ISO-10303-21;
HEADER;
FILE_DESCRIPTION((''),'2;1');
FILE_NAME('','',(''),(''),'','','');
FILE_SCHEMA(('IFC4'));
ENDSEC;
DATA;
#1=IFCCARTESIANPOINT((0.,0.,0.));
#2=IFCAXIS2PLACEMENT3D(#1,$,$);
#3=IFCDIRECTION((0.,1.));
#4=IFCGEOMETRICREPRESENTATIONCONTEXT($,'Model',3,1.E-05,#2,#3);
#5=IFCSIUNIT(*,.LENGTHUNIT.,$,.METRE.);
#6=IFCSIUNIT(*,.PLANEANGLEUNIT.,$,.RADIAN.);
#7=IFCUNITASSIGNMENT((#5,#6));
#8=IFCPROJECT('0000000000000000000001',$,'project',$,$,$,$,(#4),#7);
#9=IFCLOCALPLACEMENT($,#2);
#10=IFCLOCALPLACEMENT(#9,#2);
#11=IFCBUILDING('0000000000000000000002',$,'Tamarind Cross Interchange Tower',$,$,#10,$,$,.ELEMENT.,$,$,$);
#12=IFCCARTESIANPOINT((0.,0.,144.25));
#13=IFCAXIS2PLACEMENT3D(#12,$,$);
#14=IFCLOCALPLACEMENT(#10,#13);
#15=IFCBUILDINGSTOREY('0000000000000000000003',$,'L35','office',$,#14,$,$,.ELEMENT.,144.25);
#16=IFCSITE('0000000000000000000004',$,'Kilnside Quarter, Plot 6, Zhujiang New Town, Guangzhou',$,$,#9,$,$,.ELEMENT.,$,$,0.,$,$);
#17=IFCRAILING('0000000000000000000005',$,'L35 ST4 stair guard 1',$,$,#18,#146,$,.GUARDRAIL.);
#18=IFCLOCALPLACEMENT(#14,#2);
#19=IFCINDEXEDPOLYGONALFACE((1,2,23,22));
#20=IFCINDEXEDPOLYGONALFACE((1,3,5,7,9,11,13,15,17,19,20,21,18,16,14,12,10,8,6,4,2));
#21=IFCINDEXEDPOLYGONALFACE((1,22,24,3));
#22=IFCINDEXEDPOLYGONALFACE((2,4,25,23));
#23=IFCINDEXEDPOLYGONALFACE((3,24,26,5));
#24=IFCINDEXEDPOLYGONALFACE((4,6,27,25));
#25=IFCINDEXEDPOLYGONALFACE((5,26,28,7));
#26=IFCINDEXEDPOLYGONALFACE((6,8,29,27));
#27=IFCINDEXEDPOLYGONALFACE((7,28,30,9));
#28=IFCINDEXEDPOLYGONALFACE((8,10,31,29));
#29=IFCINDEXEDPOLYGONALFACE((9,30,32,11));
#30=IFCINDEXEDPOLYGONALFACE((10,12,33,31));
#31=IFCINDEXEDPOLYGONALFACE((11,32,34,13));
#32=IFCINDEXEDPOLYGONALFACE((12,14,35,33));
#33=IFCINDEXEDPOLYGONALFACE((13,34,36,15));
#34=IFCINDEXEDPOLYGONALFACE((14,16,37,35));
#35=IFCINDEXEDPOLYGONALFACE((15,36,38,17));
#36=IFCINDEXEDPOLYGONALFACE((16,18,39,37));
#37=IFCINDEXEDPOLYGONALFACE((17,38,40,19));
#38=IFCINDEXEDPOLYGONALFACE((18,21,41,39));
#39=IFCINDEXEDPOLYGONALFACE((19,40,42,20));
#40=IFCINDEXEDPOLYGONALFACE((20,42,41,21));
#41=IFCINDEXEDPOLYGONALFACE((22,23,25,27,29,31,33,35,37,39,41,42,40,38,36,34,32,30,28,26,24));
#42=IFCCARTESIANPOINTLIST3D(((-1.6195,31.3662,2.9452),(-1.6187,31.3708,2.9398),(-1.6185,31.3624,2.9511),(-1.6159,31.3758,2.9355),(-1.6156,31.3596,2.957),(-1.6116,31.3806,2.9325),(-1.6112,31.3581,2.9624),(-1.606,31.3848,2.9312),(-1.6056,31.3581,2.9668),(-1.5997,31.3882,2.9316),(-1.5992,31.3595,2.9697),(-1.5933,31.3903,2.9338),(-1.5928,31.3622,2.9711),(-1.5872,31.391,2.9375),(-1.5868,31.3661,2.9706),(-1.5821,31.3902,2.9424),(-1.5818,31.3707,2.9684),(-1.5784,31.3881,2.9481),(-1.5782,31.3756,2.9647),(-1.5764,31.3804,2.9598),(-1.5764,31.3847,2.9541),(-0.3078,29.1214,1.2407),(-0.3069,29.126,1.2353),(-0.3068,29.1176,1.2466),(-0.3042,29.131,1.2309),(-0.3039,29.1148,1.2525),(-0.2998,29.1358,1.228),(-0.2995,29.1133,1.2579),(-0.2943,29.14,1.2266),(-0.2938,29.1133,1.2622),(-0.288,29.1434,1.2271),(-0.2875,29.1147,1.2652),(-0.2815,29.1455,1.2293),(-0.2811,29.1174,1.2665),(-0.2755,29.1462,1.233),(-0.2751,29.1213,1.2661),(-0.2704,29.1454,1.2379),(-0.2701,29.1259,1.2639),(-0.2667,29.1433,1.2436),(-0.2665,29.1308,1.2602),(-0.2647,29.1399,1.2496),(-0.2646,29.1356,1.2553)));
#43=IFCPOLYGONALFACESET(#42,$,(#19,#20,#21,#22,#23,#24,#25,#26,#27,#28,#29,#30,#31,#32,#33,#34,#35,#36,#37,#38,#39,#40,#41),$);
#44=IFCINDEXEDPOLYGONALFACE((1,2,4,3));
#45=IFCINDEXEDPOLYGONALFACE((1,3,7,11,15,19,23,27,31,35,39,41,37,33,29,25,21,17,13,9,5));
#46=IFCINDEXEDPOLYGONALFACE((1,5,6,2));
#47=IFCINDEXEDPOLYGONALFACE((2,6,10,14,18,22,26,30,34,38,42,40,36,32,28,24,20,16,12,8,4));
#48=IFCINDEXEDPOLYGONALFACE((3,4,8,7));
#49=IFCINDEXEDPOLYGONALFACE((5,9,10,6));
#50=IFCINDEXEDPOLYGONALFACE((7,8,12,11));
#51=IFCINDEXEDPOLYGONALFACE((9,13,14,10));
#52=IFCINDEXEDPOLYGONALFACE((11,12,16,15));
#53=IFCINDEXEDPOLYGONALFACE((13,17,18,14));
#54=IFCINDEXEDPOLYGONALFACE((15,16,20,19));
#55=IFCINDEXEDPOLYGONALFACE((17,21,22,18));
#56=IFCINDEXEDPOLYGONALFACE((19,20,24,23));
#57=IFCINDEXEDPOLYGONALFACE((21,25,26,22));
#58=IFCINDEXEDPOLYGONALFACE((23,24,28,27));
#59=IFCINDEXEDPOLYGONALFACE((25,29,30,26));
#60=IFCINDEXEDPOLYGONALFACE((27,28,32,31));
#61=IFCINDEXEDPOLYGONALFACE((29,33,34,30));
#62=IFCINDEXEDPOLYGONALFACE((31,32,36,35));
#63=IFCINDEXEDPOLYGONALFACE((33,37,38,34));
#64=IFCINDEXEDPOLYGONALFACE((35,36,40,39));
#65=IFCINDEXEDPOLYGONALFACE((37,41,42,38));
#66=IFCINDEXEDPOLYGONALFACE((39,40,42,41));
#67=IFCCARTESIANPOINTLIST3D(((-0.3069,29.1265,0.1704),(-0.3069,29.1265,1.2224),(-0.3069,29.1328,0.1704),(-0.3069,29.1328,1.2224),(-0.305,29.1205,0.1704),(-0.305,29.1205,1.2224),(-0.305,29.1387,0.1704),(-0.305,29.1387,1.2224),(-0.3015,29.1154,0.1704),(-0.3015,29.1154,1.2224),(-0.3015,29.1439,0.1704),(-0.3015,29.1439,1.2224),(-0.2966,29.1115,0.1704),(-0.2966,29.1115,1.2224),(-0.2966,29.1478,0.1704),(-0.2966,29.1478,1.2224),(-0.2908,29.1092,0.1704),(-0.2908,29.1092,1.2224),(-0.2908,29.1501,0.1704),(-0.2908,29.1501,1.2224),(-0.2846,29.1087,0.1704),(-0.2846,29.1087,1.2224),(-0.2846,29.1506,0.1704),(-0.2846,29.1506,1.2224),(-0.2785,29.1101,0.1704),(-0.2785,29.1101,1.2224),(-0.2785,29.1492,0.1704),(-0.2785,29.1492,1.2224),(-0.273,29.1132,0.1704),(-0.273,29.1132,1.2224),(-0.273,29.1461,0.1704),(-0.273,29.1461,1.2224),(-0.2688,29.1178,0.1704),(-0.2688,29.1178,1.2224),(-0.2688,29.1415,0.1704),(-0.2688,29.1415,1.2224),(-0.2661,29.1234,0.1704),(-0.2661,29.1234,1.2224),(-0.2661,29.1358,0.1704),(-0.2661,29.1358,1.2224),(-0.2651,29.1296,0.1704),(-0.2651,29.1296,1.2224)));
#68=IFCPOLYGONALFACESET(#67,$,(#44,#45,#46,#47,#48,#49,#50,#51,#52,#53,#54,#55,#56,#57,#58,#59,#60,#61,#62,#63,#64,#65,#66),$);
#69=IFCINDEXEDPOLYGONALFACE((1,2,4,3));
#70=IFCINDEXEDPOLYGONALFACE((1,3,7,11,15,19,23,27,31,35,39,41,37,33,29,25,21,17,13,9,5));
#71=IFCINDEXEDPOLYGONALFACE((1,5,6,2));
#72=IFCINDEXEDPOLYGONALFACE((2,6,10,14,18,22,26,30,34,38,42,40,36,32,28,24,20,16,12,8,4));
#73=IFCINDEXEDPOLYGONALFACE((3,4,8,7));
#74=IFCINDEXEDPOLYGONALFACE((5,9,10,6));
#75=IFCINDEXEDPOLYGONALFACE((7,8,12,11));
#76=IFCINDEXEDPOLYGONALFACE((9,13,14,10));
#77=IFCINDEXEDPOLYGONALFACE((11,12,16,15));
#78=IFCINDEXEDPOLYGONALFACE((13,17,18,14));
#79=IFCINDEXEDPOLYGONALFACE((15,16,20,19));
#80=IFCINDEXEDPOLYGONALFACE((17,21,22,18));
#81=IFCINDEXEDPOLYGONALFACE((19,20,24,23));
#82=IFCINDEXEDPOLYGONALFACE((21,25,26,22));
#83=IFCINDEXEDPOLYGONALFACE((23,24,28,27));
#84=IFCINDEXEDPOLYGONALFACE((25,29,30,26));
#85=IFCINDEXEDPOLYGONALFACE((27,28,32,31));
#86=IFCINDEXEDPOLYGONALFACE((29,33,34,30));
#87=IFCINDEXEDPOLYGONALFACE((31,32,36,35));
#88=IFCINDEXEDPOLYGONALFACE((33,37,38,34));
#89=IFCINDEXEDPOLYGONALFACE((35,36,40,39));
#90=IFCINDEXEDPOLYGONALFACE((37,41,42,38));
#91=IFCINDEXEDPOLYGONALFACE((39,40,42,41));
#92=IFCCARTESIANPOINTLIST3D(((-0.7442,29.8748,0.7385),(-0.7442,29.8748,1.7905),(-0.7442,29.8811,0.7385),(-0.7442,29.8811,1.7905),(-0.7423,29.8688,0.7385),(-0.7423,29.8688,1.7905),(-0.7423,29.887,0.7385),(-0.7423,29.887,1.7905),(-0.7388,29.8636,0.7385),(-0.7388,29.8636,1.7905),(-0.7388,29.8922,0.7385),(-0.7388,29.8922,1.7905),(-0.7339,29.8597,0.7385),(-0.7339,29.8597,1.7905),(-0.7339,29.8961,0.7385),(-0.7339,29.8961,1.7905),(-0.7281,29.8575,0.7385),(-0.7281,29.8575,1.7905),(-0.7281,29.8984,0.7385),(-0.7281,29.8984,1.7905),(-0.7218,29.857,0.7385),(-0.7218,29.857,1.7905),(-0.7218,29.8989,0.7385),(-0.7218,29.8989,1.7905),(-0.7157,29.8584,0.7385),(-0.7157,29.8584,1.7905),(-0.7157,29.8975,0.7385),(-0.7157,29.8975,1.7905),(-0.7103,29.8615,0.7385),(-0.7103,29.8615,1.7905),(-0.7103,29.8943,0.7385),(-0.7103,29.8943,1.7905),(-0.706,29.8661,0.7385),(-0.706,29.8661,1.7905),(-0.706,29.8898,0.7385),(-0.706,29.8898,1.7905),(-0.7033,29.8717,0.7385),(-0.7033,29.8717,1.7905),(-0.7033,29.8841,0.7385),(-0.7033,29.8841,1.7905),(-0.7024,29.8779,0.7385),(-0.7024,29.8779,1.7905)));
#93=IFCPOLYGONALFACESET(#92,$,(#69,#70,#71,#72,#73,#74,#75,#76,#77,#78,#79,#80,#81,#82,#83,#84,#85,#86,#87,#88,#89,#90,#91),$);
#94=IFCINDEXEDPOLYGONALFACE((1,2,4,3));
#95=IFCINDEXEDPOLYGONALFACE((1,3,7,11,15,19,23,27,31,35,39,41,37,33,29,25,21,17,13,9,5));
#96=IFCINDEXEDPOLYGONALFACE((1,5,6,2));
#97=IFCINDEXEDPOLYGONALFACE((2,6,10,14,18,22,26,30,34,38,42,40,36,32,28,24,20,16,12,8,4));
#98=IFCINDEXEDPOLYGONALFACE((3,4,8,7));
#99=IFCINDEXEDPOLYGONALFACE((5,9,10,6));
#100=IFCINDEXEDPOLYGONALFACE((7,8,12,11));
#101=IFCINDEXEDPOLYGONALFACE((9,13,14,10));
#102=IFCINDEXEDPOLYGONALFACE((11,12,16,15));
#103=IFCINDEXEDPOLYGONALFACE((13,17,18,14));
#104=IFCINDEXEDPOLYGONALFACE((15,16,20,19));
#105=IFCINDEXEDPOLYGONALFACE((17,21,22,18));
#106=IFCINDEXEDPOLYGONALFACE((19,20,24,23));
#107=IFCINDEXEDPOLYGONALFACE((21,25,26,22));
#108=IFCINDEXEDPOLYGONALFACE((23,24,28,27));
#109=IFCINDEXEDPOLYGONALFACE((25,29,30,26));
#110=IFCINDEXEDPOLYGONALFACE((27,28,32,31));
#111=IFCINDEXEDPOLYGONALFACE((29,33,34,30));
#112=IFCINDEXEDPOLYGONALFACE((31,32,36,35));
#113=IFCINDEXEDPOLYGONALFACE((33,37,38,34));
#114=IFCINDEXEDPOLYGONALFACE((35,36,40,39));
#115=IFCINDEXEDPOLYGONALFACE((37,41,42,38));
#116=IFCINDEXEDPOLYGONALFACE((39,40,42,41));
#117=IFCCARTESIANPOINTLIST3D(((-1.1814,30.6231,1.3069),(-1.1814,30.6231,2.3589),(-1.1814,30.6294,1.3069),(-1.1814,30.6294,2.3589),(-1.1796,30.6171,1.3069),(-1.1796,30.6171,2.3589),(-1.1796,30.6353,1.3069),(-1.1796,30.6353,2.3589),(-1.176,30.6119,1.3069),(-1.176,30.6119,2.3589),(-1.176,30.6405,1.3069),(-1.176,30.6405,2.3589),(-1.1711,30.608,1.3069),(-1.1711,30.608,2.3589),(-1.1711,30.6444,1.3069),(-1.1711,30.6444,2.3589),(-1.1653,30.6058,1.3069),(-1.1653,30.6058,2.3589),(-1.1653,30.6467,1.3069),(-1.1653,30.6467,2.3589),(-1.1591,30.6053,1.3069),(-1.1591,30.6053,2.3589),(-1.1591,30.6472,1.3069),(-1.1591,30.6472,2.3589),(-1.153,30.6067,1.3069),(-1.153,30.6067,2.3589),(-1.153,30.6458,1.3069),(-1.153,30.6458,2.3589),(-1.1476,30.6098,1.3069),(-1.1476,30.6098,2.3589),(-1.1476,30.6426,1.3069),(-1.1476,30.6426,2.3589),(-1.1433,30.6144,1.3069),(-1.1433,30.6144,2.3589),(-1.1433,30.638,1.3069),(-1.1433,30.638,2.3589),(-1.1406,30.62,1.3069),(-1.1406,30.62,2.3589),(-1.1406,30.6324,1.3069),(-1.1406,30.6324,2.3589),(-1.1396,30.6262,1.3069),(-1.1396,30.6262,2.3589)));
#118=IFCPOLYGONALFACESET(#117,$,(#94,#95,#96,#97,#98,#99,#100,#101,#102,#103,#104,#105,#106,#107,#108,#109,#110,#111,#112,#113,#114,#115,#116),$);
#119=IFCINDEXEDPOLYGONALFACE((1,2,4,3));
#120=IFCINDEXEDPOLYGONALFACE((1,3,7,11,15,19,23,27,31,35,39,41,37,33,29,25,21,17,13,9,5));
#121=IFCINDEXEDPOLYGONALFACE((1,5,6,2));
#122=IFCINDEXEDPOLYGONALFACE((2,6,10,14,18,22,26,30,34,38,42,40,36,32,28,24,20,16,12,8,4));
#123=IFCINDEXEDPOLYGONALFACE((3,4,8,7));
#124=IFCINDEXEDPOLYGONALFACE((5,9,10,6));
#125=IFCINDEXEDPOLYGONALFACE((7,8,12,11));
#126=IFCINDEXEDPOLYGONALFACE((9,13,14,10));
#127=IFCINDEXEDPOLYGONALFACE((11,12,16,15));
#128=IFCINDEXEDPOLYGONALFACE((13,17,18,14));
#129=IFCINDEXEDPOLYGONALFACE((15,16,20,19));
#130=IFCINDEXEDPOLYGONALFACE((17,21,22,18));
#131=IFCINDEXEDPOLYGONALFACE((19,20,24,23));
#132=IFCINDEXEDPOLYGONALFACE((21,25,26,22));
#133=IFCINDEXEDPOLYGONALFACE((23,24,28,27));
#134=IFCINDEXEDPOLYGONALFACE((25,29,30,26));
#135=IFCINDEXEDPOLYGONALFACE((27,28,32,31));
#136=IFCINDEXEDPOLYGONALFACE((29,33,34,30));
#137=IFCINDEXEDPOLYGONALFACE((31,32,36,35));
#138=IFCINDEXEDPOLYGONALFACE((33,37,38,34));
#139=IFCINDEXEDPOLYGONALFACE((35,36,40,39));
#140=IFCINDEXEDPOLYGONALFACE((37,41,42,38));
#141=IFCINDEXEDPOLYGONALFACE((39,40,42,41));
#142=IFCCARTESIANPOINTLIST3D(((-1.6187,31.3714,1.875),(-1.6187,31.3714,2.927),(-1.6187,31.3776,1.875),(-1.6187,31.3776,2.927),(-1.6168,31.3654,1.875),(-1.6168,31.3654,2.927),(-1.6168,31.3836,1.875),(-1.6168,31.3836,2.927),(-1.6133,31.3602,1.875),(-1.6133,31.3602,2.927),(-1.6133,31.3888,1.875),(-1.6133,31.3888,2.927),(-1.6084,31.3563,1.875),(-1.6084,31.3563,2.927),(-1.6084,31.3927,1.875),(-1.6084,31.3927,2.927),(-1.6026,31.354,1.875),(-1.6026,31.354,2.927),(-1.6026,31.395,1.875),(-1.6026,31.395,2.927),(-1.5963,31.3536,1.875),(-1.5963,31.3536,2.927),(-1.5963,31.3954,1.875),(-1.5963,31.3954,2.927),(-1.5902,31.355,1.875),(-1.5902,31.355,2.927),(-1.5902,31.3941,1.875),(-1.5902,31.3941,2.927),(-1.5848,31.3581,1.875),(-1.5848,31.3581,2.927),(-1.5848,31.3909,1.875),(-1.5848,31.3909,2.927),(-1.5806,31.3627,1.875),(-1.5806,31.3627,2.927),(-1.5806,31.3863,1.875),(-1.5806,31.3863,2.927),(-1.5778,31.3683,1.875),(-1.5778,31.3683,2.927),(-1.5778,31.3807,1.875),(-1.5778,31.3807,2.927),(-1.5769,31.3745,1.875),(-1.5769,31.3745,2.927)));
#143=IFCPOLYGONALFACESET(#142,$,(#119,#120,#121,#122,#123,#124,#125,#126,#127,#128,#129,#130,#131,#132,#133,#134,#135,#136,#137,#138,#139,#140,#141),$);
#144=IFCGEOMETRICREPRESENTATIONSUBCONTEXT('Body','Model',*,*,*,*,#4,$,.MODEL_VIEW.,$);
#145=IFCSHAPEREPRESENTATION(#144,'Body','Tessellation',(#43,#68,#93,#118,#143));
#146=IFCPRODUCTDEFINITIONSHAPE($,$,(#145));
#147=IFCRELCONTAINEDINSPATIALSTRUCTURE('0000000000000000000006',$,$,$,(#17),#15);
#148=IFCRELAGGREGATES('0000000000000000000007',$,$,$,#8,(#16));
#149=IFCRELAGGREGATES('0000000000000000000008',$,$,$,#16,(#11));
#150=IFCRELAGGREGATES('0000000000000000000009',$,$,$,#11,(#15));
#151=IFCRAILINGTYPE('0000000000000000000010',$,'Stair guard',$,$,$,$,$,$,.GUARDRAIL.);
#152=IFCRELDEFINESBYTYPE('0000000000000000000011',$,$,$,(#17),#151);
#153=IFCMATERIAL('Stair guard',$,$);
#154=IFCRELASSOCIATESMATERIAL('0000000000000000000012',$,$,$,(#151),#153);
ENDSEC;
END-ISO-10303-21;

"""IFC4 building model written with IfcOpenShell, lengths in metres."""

from ifc_helpers import new_model, si_unit, direction, frame, origin, origin_2d, place, context, subcontext, project, spatial, circle, extrude, material, type_object, element, save


model = new_model("IFC4")

# Units and contexts
model_context = context("Model", 3, precision=1e-05, world=origin(), true_north=direction((0.0, 1.0)))
body_context = subcontext(model_context, "Body", "Model", "MODEL_VIEW")
ifc_project = project(units=[si_unit("LENGTHUNIT", "METRE"), si_unit("PLANEANGLEUNIT", "RADIAN")], contexts=[model_context])

# Site, building, storey
site_placement = place(None, origin())
site = spatial("IfcSite", under=ifc_project, at=site_placement, Name="Kilnside Quarter, Plot 6, Zhujiang New Town, Guangzhou", CompositionType="ELEMENT", RefElevation=0.0)
building_placement = place(site_placement, origin())
building = spatial("IfcBuilding", under=site, at=building_placement, Name="Tamarind Cross Interchange Tower", CompositionType="ELEMENT")
storey_placement = place(building_placement, frame((0.0, 0.0, 144.25)))
storey = spatial("IfcBuildingStorey", under=building, at=storey_placement, Name="L35", Description="office", CompositionType="ELEMENT", Elevation=144.25)

# Railing
ifc_material_1 = material(Name="Stair guard")
railing_type_1 = type_object("IfcRailingType", Name="Stair guard", PredefinedType="GUARDRAIL", material=ifc_material_1)
railing_1_placement = place(storey_placement, frame((-0.2861, 29.1296, 0.1704)))
element("IfcRailing", 1, at=railing_1_placement, inside=storey, type_object=railing_type_1, Name="L35 ST4 stair guard 1", PredefinedType="GUARDRAIL", context=body_context, shape_type="SweptSolid", body=[
    extrude(circle(Radius=0.0239, at=origin_2d()), frame((0.0, 0.0, 1.0762), z_axis=(-0.421927, 0.722059, 0.548278), x_axis=(-0.863401, -0.504519, 0.0)), (0.0, 0.0, 1.0), 3.1089),
    extrude(circle(Radius=0.021, at=origin_2d()), origin(), (0.0, 0.0, 1.0), 1.052),
    extrude(circle(Radius=0.021, at=origin_2d()), frame((-0.4373, 0.7483, 0.5681)), (0.0, 0.0, 1.0), 1.052),
    extrude(circle(Radius=0.021, at=origin_2d()), frame((-0.8745, 1.4966, 1.1365)), (0.0, 0.0, 1.0), 1.052),
    extrude(circle(Radius=0.021, at=origin_2d()), frame((-1.3118, 2.2449, 1.7046)), (0.0, 0.0, 1.0), 1.052),
])

save(model, "model.ifc")
